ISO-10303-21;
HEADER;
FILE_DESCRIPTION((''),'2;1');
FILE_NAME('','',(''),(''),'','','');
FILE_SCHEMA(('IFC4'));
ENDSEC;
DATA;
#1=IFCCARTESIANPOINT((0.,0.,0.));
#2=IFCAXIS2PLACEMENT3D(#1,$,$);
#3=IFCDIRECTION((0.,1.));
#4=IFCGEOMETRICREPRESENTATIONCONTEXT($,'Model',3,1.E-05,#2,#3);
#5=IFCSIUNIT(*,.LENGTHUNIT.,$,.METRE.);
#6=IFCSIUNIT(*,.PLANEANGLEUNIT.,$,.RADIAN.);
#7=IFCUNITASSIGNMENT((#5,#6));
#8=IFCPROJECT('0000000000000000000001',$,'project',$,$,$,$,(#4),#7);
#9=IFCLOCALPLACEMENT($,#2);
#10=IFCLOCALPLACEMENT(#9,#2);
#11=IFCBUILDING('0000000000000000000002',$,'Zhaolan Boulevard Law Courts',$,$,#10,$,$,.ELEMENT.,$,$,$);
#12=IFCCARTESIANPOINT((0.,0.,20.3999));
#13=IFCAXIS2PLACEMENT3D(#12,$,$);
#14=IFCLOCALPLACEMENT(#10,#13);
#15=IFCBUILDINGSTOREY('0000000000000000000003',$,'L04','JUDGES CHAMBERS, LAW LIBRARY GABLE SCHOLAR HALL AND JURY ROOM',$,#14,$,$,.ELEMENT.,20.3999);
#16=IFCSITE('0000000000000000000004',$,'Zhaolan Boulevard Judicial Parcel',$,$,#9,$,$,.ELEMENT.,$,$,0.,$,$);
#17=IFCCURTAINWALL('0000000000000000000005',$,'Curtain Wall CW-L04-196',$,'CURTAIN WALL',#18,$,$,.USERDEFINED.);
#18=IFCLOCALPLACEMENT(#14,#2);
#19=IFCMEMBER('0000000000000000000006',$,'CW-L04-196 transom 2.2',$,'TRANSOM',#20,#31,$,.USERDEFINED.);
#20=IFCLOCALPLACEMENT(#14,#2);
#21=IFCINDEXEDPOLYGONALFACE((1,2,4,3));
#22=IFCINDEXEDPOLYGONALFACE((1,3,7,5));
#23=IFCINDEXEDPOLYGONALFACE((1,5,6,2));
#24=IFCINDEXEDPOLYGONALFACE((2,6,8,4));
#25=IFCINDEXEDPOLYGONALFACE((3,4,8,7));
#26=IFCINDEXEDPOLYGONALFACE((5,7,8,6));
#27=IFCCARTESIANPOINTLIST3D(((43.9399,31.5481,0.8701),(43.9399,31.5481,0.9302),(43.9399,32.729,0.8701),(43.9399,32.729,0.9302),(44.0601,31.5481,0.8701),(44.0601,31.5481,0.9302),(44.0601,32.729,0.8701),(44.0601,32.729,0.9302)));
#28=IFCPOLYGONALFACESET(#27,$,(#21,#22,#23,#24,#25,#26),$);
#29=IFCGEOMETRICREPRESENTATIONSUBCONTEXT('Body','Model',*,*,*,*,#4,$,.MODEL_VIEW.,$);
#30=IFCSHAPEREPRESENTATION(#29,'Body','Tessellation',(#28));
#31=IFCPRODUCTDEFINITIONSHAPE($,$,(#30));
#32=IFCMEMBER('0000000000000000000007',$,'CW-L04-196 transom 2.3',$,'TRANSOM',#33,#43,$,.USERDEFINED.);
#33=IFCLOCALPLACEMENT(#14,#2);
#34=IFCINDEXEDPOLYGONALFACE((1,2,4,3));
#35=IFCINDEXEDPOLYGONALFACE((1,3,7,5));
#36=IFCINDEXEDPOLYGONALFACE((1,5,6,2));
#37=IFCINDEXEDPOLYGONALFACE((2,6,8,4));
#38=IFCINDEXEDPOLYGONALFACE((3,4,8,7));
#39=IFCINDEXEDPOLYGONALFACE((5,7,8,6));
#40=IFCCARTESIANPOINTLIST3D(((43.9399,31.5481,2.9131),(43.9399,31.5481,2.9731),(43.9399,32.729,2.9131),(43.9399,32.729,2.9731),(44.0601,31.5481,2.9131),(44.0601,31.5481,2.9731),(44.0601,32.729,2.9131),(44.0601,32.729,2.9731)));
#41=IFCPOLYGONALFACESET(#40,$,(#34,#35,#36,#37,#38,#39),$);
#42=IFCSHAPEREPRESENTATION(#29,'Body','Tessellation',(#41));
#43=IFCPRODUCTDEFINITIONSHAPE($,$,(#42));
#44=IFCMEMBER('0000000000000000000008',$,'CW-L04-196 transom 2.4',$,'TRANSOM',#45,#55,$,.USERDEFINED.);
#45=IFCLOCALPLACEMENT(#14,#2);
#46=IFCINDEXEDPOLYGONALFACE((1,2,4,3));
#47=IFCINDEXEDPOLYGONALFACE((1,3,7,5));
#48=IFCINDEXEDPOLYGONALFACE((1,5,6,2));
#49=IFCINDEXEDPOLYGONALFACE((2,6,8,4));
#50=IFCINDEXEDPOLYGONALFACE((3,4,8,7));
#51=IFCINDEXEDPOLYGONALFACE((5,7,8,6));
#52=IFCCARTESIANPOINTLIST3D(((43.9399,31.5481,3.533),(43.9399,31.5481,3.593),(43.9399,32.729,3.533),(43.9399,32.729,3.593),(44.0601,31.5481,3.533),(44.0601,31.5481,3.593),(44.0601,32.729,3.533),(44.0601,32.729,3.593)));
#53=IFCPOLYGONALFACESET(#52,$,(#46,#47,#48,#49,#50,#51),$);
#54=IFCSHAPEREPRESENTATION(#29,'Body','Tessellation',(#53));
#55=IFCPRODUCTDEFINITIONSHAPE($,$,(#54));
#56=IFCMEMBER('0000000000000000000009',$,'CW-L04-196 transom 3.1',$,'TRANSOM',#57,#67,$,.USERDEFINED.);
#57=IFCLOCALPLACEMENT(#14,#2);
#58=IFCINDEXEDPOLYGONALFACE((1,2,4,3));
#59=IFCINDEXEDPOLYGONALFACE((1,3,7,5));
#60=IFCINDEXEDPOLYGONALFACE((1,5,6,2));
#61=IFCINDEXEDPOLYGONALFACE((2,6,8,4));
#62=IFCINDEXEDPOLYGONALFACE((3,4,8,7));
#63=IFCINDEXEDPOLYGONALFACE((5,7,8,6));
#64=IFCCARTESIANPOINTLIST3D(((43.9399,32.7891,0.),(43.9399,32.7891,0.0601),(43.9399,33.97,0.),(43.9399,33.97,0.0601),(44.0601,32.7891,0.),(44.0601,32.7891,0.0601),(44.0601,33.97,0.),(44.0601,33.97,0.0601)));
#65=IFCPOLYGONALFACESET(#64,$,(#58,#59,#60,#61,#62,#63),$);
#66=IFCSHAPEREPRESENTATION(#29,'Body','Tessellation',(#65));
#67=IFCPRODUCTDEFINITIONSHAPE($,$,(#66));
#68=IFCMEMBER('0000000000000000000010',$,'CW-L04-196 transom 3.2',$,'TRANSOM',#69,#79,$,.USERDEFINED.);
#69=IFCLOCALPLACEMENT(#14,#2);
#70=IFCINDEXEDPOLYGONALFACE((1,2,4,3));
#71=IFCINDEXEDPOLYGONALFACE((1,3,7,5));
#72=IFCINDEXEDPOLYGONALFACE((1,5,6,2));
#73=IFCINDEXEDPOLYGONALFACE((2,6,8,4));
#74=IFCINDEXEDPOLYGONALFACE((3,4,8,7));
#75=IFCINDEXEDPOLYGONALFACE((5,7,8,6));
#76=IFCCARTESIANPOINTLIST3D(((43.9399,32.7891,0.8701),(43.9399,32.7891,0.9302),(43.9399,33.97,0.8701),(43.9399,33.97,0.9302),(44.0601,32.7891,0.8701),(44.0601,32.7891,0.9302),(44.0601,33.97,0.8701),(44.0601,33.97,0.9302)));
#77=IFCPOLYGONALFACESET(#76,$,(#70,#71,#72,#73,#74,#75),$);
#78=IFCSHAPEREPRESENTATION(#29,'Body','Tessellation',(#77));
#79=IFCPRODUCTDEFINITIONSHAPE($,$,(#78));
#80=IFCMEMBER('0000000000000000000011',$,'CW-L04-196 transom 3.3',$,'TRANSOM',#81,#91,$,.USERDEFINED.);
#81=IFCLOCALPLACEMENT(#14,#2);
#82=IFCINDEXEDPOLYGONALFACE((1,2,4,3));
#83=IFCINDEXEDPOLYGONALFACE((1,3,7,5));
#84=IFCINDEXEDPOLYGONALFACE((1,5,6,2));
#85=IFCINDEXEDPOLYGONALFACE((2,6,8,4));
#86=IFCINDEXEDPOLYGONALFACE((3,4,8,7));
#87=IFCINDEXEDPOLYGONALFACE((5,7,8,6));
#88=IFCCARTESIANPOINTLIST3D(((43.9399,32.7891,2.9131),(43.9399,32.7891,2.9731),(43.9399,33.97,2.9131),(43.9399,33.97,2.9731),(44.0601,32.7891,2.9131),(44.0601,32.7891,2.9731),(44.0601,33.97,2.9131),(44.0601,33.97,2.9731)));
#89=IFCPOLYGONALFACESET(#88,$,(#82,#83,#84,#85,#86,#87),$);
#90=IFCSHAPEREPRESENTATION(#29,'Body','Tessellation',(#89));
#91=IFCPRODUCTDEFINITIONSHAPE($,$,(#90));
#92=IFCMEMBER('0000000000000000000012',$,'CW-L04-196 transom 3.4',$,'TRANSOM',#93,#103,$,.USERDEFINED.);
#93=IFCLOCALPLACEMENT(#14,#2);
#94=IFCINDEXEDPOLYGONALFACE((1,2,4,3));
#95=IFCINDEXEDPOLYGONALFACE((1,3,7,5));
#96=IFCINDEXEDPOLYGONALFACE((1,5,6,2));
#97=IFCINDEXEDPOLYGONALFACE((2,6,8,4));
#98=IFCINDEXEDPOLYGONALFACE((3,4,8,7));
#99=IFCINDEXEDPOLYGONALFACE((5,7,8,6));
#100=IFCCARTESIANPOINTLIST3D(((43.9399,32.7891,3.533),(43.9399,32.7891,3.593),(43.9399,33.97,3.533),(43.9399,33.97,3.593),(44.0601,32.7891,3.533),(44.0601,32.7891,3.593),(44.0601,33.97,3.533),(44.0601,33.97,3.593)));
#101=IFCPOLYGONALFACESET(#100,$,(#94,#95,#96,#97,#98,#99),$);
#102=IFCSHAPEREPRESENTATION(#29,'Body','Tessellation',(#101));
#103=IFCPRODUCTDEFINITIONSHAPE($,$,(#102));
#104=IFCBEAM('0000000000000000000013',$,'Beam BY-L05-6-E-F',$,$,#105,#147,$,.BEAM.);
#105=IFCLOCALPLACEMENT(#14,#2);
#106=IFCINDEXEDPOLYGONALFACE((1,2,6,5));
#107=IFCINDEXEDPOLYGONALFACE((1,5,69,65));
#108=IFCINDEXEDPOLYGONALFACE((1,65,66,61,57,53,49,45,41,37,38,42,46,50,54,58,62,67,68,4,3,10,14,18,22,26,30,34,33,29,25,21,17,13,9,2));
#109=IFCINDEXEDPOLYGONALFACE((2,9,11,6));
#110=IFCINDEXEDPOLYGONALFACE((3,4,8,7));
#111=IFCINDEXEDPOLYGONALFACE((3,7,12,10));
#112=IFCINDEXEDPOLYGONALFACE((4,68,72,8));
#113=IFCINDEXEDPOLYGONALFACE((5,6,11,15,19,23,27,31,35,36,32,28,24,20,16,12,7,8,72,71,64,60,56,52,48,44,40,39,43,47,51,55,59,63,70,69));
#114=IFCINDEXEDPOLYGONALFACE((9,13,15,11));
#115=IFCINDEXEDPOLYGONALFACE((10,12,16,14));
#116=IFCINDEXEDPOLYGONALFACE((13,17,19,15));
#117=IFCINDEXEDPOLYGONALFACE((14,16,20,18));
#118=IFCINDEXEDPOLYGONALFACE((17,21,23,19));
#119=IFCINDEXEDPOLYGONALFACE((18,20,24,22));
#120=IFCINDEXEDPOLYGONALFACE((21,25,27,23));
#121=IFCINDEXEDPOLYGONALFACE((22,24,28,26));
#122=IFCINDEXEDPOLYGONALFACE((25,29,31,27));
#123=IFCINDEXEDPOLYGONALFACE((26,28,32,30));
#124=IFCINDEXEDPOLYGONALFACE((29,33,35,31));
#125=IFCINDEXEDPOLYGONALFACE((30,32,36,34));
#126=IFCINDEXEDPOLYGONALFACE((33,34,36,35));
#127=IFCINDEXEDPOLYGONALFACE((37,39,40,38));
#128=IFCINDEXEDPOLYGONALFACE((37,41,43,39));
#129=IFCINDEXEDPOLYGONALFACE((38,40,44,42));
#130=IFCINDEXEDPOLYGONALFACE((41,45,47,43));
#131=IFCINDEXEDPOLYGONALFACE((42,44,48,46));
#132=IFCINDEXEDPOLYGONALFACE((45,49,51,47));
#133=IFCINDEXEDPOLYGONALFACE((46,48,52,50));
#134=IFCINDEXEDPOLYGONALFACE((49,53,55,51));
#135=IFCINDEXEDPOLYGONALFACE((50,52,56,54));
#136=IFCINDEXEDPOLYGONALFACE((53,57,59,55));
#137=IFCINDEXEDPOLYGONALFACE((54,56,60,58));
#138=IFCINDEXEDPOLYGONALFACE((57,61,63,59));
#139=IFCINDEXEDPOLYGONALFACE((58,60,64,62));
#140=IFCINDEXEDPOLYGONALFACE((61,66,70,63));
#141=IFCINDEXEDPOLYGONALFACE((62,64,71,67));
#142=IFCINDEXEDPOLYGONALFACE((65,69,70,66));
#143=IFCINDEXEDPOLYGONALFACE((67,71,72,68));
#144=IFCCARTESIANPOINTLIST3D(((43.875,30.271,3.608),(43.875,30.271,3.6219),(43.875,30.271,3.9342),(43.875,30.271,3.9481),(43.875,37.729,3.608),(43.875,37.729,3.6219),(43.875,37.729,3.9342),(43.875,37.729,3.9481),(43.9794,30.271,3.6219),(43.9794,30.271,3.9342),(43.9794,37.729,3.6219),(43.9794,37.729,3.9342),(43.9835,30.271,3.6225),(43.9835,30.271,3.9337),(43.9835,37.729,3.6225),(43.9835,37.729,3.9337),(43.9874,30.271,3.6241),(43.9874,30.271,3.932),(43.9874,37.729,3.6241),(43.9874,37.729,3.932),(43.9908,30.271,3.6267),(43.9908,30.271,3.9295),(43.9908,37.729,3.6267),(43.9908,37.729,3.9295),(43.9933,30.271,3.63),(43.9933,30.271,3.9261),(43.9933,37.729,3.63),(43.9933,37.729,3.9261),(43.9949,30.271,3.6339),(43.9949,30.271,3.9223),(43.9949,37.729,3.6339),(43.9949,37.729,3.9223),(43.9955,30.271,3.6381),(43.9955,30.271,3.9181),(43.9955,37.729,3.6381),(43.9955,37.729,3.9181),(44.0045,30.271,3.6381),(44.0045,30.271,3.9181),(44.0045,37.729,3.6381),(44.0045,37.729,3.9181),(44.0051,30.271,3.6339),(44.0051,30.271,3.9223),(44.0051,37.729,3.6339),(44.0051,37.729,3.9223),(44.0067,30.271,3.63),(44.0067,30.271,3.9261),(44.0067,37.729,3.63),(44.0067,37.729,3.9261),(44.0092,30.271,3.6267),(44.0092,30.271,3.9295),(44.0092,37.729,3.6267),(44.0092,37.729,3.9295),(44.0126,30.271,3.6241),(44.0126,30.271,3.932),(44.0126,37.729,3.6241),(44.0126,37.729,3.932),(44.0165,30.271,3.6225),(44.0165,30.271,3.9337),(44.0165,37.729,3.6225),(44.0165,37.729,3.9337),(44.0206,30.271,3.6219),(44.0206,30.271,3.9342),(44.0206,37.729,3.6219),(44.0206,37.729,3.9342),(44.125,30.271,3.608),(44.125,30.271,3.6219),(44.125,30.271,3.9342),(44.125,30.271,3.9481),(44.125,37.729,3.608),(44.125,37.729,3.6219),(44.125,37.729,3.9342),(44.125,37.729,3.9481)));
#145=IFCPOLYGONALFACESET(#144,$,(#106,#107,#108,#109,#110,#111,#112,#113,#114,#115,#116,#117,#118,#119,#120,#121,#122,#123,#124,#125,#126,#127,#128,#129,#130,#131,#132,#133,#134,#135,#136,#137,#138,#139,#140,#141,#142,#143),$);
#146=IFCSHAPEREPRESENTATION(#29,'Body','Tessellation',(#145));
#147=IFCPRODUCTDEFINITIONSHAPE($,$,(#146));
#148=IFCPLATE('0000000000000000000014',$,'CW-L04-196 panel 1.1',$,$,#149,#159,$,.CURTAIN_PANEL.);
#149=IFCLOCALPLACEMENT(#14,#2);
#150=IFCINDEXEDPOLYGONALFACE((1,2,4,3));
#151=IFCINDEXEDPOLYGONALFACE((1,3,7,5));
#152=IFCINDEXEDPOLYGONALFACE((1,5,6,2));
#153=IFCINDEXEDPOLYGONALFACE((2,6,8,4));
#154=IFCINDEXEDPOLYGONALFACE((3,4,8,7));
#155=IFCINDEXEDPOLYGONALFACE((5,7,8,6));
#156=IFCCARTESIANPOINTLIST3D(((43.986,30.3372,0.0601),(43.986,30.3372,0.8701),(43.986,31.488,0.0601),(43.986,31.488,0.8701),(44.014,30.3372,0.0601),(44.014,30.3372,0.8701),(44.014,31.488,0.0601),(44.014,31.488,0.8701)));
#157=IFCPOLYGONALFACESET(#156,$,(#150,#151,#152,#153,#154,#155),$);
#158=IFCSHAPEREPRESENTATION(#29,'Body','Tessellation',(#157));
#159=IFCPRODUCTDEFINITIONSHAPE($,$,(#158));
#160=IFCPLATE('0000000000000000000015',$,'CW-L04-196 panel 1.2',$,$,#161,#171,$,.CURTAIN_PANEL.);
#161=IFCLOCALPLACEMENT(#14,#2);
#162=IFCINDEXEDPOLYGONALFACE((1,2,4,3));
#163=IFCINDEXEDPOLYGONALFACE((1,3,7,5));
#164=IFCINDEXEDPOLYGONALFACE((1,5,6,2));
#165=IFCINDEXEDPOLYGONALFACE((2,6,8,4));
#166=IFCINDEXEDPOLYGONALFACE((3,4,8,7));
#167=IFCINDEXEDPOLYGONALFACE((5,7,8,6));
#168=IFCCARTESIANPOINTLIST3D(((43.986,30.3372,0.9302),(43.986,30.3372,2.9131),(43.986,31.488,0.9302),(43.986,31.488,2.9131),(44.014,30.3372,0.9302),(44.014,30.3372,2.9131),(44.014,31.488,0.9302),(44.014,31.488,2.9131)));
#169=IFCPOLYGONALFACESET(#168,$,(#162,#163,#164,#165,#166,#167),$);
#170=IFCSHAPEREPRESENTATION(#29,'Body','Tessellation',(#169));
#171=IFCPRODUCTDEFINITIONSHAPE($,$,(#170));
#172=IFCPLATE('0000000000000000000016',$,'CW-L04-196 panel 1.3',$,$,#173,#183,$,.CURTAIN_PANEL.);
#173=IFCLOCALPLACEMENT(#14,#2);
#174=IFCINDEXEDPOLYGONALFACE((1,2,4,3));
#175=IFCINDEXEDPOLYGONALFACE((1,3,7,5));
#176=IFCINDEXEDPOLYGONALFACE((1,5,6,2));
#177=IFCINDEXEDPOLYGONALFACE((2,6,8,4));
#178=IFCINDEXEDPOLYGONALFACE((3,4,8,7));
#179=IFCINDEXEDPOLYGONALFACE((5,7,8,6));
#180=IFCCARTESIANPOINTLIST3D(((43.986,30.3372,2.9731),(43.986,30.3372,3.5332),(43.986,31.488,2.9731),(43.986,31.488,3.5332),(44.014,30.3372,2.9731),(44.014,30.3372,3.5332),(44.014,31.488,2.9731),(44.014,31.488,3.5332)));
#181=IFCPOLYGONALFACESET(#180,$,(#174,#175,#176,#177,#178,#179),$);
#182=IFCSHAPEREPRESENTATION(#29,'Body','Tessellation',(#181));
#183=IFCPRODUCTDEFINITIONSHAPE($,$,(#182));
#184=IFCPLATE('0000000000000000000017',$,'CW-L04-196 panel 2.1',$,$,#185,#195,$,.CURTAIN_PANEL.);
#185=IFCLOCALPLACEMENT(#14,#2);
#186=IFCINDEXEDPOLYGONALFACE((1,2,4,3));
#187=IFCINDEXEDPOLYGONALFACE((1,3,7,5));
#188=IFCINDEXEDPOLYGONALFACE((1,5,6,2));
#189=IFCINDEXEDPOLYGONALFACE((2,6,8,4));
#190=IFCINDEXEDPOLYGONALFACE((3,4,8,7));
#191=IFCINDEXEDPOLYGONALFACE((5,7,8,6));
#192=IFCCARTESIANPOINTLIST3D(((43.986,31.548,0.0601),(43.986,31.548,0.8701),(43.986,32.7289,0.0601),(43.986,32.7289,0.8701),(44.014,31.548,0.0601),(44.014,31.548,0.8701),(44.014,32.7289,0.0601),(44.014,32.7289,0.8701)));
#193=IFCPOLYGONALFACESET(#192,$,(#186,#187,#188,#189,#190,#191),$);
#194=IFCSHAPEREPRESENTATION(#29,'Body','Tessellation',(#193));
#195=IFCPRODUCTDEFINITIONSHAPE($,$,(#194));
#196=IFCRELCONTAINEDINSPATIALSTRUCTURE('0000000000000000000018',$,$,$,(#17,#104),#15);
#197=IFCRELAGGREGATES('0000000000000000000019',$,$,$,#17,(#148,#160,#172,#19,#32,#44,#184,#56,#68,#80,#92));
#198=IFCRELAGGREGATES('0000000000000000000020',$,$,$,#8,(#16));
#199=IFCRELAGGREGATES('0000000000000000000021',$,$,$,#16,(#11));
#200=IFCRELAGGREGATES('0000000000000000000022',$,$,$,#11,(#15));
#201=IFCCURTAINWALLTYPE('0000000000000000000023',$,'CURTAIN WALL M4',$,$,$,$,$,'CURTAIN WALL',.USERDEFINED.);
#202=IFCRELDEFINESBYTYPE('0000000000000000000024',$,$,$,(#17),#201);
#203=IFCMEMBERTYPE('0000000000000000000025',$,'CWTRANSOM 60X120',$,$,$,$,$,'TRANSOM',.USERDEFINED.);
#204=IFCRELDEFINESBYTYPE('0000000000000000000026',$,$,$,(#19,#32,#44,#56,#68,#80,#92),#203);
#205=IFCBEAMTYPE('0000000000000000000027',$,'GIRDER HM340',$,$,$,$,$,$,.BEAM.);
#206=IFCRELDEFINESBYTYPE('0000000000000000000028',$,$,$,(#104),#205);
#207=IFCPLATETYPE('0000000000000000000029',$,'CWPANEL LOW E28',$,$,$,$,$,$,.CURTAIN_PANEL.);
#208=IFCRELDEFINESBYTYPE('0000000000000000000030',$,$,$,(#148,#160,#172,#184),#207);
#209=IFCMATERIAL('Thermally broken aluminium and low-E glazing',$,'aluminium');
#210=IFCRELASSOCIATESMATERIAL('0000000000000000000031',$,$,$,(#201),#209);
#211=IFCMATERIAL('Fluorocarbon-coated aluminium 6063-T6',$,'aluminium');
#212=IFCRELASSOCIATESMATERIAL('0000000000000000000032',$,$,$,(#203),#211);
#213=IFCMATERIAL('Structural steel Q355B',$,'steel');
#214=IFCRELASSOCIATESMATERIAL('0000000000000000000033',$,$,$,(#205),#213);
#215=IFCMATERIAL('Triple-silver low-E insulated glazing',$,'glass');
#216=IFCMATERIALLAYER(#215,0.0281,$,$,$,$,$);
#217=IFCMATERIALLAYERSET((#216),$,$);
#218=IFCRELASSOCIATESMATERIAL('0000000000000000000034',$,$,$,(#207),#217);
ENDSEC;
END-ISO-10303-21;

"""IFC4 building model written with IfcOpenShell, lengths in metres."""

from ifc_helpers import new_model, si_unit, direction, frame, origin, origin_2d, place, context, subcontext, project, spatial, rectangle, i_section, extrude, material, layer, layer_set, material_profile, profile_set, type_object, element, aggregate, save


model = new_model("IFC4")

# Units and contexts
model_context = context("Model", 3, precision=1e-05, world=origin(), true_north=direction((0.0, 1.0)))
body_context = subcontext(model_context, "Body", "Model", "MODEL_VIEW")
ifc_project = project(units=[si_unit("LENGTHUNIT", "METRE"), si_unit("PLANEANGLEUNIT", "RADIAN")], contexts=[model_context])

# Site, building, storey
site_placement = place(None, origin())
site = spatial("IfcSite", under=ifc_project, at=site_placement, Name="Zhaolan Boulevard Judicial Parcel", CompositionType="ELEMENT", RefElevation=0.0)
building_placement = place(site_placement, origin())
building = spatial("IfcBuilding", under=site, at=building_placement, Name="Zhaolan Boulevard Law Courts", CompositionType="ELEMENT")
storey_placement = place(building_placement, frame((0.0, 0.0, 20.3999)))
storey = spatial("IfcBuildingStorey", under=building, at=storey_placement, Name="L04", Description="JUDGES CHAMBERS, LAW LIBRARY GABLE SCHOLAR HALL AND JURY ROOM", CompositionType="ELEMENT", Elevation=20.3999)

# Curtain wall, members
ifc_material_1 = material(Name="Thermally broken aluminium and low-E glazing", Category="aluminium")
curtain_wall_type = type_object("IfcCurtainWallType", Name="CURTAIN WALL M4", ElementType="CURTAIN WALL", PredefinedType="USERDEFINED", material=ifc_material_1)
curtain_wall_placement = place(storey_placement, origin())
curtain_wall = element("IfcCurtainWall", 1, at=curtain_wall_placement, inside=storey, type_object=curtain_wall_type, Name="Curtain Wall CW-L04-196", ObjectType="CURTAIN WALL", PredefinedType="USERDEFINED")
ifc_material_2 = material(Name="Fluorocarbon-coated aluminium 6063-T6", Category="aluminium")
ifc_material_profile_1 = material_profile(ifc_material_2, rectangle(XDim=0.1201, YDim=0.0601, at=origin_2d()), Name="AL60x120")
ifc_profile_set_1 = profile_set([ifc_material_profile_1], Name="Fluorocarbon-coated aluminium 6063-T6")
member_type_1 = type_object("IfcMemberType", Name="CWTRANSOM 60X120", ElementType="TRANSOM", PredefinedType="USERDEFINED", material=ifc_profile_set_1)
member_1_placement = place(storey_placement, frame((44.0, 31.5481, 0.9001), z_axis=(0.0, 1.0, 0.0), x_axis=(-1.0, 0.0, 0.0)))
member_1 = element("IfcMember", 2, at=member_1_placement, type_object=member_type_1, Name="CW-L04-196 transom 2.2", ObjectType="TRANSOM", PredefinedType="USERDEFINED", context=body_context, shape_type="SweptSolid", body=[
    extrude(rectangle(XDim=0.1201, YDim=0.0601, at=origin_2d()), origin(), (0.0, 0.0, 1.0), 1.1809),
])
member_2_placement = place(storey_placement, frame((44.0, 31.5481, 2.9431), z_axis=(0.0, 1.0, 0.0), x_axis=(-1.0, 0.0, 0.0)))
member_2 = element("IfcMember", 3, at=member_2_placement, type_object=member_type_1, Name="CW-L04-196 transom 2.3", ObjectType="TRANSOM", PredefinedType="USERDEFINED", context=body_context, shape_type="SweptSolid", body=[
    extrude(rectangle(XDim=0.1201, YDim=0.0601, at=origin_2d()), origin(), (0.0, 0.0, 1.0), 1.1809),
])
member_3_placement = place(storey_placement, frame((44.0, 31.5481, 3.563), z_axis=(0.0, 1.0, 0.0), x_axis=(-1.0, 0.0, 0.0)))
member_3 = element("IfcMember", 4, at=member_3_placement, type_object=member_type_1, Name="CW-L04-196 transom 2.4", ObjectType="TRANSOM", PredefinedType="USERDEFINED", context=body_context, shape_type="SweptSolid", body=[
    extrude(rectangle(XDim=0.1201, YDim=0.0601, at=origin_2d()), origin(), (0.0, 0.0, 1.0), 1.1809),
])
member_4_placement = place(storey_placement, frame((44.0, 32.7891, 0.03), z_axis=(0.0, 1.0, 0.0), x_axis=(-1.0, 0.0, 0.0)))
member_4 = element("IfcMember", 5, at=member_4_placement, type_object=member_type_1, Name="CW-L04-196 transom 3.1", ObjectType="TRANSOM", PredefinedType="USERDEFINED", context=body_context, shape_type="SweptSolid", body=[
    extrude(rectangle(XDim=0.1201, YDim=0.0601, at=origin_2d()), origin(), (0.0, 0.0, 1.0), 1.1809),
])
member_5_placement = place(storey_placement, frame((44.0, 32.7891, 0.9001), z_axis=(0.0, 1.0, 0.0), x_axis=(-1.0, 0.0, 0.0)))
member_5 = element("IfcMember", 6, at=member_5_placement, type_object=member_type_1, Name="CW-L04-196 transom 3.2", ObjectType="TRANSOM", PredefinedType="USERDEFINED", context=body_context, shape_type="SweptSolid", body=[
    extrude(rectangle(XDim=0.1201, YDim=0.0601, at=origin_2d()), origin(), (0.0, 0.0, 1.0), 1.1809),
])
member_6_placement = place(storey_placement, frame((44.0, 32.7891, 2.9431), z_axis=(0.0, 1.0, 0.0), x_axis=(-1.0, 0.0, 0.0)))
member_6 = element("IfcMember", 7, at=member_6_placement, type_object=member_type_1, Name="CW-L04-196 transom 3.3", ObjectType="TRANSOM", PredefinedType="USERDEFINED", context=body_context, shape_type="SweptSolid", body=[
    extrude(rectangle(XDim=0.1201, YDim=0.0601, at=origin_2d()), origin(), (0.0, 0.0, 1.0), 1.1809),
])
member_7_placement = place(storey_placement, frame((44.0, 32.7891, 3.563), z_axis=(0.0, 1.0, 0.0), x_axis=(-1.0, 0.0, 0.0)))
member_7 = element("IfcMember", 8, at=member_7_placement, type_object=member_type_1, Name="CW-L04-196 transom 3.4", ObjectType="TRANSOM", PredefinedType="USERDEFINED", context=body_context, shape_type="SweptSolid", body=[
    extrude(rectangle(XDim=0.1201, YDim=0.0601, at=origin_2d()), origin(), (0.0, 0.0, 1.0), 1.1809),
])

# Beam
ifc_material_3 = material(Name="Structural steel Q355B", Category="steel")
ifc_material_profile_2 = material_profile(ifc_material_3, i_section(OverallWidth=0.25, OverallDepth=0.3401, WebThickness=0.009, FlangeThickness=0.0139, FilletRadius=0.0161, at=origin_2d()), Name="HM340x250")
ifc_profile_set_2 = profile_set([ifc_material_profile_2], Name="Structural steel Q355B")
beam_type = type_object("IfcBeamType", Name="GIRDER HM340", PredefinedType="BEAM", material=ifc_profile_set_2)
beam_placement = place(storey_placement, frame((44.0, 30.271, 3.7781), z_axis=(0.0, 1.0, 0.0), x_axis=(-1.0, 0.0, 0.0)))
element("IfcBeam", 9, at=beam_placement, inside=storey, type_object=beam_type, Name="Beam BY-L05-6-E-F", PredefinedType="BEAM", context=body_context, shape_type="SweptSolid", body=[
    extrude(i_section(OverallWidth=0.25, OverallDepth=0.3401, WebThickness=0.009, FlangeThickness=0.0139, FilletRadius=0.0161, at=origin_2d()), origin(), (0.0, 0.0, 1.0), 7.458),
])

# Plates
ifc_material_4 = material(Name="Triple-silver low-E insulated glazing", Category="glass")
ifc_layer_1 = layer(ifc_material_4, 0.0281)
ifc_layer_set_1 = layer_set([ifc_layer_1])
plate_type_1 = type_object("IfcPlateType", Name="CWPANEL LOW E28", PredefinedType="CURTAIN_PANEL", material=ifc_layer_set_1)
plate_1_placement = place(storey_placement, frame((44.0, 30.9126, 0.0601), z_axis=(0.0, 0.0, 1.0), x_axis=(0.0, 1.0, 0.0)))
plate_1 = element("IfcPlate", 10, at=plate_1_placement, type_object=plate_type_1, Name="CW-L04-196 panel 1.1", PredefinedType="CURTAIN_PANEL", context=body_context, shape_type="SweptSolid", body=[
    extrude(rectangle(XDim=1.1509, YDim=0.0281, at=origin_2d()), origin(), (0.0, 0.0, 1.0), 0.8101),
])
plate_2_placement = place(storey_placement, frame((44.0, 30.9126, 0.9302), z_axis=(0.0, 0.0, 1.0), x_axis=(0.0, 1.0, 0.0)))
plate_2 = element("IfcPlate", 11, at=plate_2_placement, type_object=plate_type_1, Name="CW-L04-196 panel 1.2", PredefinedType="CURTAIN_PANEL", context=body_context, shape_type="SweptSolid", body=[
    extrude(rectangle(XDim=1.1509, YDim=0.0281, at=origin_2d()), origin(), (0.0, 0.0, 1.0), 1.9829),
])
plate_3_placement = place(storey_placement, frame((44.0, 30.9126, 2.9731), z_axis=(0.0, 0.0, 1.0), x_axis=(0.0, 1.0, 0.0)))
plate_3 = element("IfcPlate", 12, at=plate_3_placement, type_object=plate_type_1, Name="CW-L04-196 panel 1.3", PredefinedType="CURTAIN_PANEL", context=body_context, shape_type="SweptSolid", body=[
    extrude(rectangle(XDim=1.1509, YDim=0.0281, at=origin_2d()), origin(), (0.0, 0.0, 1.0), 0.5601),
])
plate_4_placement = place(storey_placement, frame((44.0, 32.1384, 0.0601), z_axis=(0.0, 0.0, 1.0), x_axis=(0.0, 1.0, 0.0)))
plate_4 = element("IfcPlate", 13, at=plate_4_placement, type_object=plate_type_1, Name="CW-L04-196 panel 2.1", PredefinedType="CURTAIN_PANEL", context=body_context, shape_type="SweptSolid", body=[
    extrude(rectangle(XDim=1.1809, YDim=0.0281, at=origin_2d()), origin(), (0.0, 0.0, 1.0), 0.8101),
])
aggregate(curtain_wall, [plate_1, plate_2, plate_3, member_1, member_2, member_3, plate_4, member_4, member_5, member_6, member_7])

save(model, "model.ifc")
